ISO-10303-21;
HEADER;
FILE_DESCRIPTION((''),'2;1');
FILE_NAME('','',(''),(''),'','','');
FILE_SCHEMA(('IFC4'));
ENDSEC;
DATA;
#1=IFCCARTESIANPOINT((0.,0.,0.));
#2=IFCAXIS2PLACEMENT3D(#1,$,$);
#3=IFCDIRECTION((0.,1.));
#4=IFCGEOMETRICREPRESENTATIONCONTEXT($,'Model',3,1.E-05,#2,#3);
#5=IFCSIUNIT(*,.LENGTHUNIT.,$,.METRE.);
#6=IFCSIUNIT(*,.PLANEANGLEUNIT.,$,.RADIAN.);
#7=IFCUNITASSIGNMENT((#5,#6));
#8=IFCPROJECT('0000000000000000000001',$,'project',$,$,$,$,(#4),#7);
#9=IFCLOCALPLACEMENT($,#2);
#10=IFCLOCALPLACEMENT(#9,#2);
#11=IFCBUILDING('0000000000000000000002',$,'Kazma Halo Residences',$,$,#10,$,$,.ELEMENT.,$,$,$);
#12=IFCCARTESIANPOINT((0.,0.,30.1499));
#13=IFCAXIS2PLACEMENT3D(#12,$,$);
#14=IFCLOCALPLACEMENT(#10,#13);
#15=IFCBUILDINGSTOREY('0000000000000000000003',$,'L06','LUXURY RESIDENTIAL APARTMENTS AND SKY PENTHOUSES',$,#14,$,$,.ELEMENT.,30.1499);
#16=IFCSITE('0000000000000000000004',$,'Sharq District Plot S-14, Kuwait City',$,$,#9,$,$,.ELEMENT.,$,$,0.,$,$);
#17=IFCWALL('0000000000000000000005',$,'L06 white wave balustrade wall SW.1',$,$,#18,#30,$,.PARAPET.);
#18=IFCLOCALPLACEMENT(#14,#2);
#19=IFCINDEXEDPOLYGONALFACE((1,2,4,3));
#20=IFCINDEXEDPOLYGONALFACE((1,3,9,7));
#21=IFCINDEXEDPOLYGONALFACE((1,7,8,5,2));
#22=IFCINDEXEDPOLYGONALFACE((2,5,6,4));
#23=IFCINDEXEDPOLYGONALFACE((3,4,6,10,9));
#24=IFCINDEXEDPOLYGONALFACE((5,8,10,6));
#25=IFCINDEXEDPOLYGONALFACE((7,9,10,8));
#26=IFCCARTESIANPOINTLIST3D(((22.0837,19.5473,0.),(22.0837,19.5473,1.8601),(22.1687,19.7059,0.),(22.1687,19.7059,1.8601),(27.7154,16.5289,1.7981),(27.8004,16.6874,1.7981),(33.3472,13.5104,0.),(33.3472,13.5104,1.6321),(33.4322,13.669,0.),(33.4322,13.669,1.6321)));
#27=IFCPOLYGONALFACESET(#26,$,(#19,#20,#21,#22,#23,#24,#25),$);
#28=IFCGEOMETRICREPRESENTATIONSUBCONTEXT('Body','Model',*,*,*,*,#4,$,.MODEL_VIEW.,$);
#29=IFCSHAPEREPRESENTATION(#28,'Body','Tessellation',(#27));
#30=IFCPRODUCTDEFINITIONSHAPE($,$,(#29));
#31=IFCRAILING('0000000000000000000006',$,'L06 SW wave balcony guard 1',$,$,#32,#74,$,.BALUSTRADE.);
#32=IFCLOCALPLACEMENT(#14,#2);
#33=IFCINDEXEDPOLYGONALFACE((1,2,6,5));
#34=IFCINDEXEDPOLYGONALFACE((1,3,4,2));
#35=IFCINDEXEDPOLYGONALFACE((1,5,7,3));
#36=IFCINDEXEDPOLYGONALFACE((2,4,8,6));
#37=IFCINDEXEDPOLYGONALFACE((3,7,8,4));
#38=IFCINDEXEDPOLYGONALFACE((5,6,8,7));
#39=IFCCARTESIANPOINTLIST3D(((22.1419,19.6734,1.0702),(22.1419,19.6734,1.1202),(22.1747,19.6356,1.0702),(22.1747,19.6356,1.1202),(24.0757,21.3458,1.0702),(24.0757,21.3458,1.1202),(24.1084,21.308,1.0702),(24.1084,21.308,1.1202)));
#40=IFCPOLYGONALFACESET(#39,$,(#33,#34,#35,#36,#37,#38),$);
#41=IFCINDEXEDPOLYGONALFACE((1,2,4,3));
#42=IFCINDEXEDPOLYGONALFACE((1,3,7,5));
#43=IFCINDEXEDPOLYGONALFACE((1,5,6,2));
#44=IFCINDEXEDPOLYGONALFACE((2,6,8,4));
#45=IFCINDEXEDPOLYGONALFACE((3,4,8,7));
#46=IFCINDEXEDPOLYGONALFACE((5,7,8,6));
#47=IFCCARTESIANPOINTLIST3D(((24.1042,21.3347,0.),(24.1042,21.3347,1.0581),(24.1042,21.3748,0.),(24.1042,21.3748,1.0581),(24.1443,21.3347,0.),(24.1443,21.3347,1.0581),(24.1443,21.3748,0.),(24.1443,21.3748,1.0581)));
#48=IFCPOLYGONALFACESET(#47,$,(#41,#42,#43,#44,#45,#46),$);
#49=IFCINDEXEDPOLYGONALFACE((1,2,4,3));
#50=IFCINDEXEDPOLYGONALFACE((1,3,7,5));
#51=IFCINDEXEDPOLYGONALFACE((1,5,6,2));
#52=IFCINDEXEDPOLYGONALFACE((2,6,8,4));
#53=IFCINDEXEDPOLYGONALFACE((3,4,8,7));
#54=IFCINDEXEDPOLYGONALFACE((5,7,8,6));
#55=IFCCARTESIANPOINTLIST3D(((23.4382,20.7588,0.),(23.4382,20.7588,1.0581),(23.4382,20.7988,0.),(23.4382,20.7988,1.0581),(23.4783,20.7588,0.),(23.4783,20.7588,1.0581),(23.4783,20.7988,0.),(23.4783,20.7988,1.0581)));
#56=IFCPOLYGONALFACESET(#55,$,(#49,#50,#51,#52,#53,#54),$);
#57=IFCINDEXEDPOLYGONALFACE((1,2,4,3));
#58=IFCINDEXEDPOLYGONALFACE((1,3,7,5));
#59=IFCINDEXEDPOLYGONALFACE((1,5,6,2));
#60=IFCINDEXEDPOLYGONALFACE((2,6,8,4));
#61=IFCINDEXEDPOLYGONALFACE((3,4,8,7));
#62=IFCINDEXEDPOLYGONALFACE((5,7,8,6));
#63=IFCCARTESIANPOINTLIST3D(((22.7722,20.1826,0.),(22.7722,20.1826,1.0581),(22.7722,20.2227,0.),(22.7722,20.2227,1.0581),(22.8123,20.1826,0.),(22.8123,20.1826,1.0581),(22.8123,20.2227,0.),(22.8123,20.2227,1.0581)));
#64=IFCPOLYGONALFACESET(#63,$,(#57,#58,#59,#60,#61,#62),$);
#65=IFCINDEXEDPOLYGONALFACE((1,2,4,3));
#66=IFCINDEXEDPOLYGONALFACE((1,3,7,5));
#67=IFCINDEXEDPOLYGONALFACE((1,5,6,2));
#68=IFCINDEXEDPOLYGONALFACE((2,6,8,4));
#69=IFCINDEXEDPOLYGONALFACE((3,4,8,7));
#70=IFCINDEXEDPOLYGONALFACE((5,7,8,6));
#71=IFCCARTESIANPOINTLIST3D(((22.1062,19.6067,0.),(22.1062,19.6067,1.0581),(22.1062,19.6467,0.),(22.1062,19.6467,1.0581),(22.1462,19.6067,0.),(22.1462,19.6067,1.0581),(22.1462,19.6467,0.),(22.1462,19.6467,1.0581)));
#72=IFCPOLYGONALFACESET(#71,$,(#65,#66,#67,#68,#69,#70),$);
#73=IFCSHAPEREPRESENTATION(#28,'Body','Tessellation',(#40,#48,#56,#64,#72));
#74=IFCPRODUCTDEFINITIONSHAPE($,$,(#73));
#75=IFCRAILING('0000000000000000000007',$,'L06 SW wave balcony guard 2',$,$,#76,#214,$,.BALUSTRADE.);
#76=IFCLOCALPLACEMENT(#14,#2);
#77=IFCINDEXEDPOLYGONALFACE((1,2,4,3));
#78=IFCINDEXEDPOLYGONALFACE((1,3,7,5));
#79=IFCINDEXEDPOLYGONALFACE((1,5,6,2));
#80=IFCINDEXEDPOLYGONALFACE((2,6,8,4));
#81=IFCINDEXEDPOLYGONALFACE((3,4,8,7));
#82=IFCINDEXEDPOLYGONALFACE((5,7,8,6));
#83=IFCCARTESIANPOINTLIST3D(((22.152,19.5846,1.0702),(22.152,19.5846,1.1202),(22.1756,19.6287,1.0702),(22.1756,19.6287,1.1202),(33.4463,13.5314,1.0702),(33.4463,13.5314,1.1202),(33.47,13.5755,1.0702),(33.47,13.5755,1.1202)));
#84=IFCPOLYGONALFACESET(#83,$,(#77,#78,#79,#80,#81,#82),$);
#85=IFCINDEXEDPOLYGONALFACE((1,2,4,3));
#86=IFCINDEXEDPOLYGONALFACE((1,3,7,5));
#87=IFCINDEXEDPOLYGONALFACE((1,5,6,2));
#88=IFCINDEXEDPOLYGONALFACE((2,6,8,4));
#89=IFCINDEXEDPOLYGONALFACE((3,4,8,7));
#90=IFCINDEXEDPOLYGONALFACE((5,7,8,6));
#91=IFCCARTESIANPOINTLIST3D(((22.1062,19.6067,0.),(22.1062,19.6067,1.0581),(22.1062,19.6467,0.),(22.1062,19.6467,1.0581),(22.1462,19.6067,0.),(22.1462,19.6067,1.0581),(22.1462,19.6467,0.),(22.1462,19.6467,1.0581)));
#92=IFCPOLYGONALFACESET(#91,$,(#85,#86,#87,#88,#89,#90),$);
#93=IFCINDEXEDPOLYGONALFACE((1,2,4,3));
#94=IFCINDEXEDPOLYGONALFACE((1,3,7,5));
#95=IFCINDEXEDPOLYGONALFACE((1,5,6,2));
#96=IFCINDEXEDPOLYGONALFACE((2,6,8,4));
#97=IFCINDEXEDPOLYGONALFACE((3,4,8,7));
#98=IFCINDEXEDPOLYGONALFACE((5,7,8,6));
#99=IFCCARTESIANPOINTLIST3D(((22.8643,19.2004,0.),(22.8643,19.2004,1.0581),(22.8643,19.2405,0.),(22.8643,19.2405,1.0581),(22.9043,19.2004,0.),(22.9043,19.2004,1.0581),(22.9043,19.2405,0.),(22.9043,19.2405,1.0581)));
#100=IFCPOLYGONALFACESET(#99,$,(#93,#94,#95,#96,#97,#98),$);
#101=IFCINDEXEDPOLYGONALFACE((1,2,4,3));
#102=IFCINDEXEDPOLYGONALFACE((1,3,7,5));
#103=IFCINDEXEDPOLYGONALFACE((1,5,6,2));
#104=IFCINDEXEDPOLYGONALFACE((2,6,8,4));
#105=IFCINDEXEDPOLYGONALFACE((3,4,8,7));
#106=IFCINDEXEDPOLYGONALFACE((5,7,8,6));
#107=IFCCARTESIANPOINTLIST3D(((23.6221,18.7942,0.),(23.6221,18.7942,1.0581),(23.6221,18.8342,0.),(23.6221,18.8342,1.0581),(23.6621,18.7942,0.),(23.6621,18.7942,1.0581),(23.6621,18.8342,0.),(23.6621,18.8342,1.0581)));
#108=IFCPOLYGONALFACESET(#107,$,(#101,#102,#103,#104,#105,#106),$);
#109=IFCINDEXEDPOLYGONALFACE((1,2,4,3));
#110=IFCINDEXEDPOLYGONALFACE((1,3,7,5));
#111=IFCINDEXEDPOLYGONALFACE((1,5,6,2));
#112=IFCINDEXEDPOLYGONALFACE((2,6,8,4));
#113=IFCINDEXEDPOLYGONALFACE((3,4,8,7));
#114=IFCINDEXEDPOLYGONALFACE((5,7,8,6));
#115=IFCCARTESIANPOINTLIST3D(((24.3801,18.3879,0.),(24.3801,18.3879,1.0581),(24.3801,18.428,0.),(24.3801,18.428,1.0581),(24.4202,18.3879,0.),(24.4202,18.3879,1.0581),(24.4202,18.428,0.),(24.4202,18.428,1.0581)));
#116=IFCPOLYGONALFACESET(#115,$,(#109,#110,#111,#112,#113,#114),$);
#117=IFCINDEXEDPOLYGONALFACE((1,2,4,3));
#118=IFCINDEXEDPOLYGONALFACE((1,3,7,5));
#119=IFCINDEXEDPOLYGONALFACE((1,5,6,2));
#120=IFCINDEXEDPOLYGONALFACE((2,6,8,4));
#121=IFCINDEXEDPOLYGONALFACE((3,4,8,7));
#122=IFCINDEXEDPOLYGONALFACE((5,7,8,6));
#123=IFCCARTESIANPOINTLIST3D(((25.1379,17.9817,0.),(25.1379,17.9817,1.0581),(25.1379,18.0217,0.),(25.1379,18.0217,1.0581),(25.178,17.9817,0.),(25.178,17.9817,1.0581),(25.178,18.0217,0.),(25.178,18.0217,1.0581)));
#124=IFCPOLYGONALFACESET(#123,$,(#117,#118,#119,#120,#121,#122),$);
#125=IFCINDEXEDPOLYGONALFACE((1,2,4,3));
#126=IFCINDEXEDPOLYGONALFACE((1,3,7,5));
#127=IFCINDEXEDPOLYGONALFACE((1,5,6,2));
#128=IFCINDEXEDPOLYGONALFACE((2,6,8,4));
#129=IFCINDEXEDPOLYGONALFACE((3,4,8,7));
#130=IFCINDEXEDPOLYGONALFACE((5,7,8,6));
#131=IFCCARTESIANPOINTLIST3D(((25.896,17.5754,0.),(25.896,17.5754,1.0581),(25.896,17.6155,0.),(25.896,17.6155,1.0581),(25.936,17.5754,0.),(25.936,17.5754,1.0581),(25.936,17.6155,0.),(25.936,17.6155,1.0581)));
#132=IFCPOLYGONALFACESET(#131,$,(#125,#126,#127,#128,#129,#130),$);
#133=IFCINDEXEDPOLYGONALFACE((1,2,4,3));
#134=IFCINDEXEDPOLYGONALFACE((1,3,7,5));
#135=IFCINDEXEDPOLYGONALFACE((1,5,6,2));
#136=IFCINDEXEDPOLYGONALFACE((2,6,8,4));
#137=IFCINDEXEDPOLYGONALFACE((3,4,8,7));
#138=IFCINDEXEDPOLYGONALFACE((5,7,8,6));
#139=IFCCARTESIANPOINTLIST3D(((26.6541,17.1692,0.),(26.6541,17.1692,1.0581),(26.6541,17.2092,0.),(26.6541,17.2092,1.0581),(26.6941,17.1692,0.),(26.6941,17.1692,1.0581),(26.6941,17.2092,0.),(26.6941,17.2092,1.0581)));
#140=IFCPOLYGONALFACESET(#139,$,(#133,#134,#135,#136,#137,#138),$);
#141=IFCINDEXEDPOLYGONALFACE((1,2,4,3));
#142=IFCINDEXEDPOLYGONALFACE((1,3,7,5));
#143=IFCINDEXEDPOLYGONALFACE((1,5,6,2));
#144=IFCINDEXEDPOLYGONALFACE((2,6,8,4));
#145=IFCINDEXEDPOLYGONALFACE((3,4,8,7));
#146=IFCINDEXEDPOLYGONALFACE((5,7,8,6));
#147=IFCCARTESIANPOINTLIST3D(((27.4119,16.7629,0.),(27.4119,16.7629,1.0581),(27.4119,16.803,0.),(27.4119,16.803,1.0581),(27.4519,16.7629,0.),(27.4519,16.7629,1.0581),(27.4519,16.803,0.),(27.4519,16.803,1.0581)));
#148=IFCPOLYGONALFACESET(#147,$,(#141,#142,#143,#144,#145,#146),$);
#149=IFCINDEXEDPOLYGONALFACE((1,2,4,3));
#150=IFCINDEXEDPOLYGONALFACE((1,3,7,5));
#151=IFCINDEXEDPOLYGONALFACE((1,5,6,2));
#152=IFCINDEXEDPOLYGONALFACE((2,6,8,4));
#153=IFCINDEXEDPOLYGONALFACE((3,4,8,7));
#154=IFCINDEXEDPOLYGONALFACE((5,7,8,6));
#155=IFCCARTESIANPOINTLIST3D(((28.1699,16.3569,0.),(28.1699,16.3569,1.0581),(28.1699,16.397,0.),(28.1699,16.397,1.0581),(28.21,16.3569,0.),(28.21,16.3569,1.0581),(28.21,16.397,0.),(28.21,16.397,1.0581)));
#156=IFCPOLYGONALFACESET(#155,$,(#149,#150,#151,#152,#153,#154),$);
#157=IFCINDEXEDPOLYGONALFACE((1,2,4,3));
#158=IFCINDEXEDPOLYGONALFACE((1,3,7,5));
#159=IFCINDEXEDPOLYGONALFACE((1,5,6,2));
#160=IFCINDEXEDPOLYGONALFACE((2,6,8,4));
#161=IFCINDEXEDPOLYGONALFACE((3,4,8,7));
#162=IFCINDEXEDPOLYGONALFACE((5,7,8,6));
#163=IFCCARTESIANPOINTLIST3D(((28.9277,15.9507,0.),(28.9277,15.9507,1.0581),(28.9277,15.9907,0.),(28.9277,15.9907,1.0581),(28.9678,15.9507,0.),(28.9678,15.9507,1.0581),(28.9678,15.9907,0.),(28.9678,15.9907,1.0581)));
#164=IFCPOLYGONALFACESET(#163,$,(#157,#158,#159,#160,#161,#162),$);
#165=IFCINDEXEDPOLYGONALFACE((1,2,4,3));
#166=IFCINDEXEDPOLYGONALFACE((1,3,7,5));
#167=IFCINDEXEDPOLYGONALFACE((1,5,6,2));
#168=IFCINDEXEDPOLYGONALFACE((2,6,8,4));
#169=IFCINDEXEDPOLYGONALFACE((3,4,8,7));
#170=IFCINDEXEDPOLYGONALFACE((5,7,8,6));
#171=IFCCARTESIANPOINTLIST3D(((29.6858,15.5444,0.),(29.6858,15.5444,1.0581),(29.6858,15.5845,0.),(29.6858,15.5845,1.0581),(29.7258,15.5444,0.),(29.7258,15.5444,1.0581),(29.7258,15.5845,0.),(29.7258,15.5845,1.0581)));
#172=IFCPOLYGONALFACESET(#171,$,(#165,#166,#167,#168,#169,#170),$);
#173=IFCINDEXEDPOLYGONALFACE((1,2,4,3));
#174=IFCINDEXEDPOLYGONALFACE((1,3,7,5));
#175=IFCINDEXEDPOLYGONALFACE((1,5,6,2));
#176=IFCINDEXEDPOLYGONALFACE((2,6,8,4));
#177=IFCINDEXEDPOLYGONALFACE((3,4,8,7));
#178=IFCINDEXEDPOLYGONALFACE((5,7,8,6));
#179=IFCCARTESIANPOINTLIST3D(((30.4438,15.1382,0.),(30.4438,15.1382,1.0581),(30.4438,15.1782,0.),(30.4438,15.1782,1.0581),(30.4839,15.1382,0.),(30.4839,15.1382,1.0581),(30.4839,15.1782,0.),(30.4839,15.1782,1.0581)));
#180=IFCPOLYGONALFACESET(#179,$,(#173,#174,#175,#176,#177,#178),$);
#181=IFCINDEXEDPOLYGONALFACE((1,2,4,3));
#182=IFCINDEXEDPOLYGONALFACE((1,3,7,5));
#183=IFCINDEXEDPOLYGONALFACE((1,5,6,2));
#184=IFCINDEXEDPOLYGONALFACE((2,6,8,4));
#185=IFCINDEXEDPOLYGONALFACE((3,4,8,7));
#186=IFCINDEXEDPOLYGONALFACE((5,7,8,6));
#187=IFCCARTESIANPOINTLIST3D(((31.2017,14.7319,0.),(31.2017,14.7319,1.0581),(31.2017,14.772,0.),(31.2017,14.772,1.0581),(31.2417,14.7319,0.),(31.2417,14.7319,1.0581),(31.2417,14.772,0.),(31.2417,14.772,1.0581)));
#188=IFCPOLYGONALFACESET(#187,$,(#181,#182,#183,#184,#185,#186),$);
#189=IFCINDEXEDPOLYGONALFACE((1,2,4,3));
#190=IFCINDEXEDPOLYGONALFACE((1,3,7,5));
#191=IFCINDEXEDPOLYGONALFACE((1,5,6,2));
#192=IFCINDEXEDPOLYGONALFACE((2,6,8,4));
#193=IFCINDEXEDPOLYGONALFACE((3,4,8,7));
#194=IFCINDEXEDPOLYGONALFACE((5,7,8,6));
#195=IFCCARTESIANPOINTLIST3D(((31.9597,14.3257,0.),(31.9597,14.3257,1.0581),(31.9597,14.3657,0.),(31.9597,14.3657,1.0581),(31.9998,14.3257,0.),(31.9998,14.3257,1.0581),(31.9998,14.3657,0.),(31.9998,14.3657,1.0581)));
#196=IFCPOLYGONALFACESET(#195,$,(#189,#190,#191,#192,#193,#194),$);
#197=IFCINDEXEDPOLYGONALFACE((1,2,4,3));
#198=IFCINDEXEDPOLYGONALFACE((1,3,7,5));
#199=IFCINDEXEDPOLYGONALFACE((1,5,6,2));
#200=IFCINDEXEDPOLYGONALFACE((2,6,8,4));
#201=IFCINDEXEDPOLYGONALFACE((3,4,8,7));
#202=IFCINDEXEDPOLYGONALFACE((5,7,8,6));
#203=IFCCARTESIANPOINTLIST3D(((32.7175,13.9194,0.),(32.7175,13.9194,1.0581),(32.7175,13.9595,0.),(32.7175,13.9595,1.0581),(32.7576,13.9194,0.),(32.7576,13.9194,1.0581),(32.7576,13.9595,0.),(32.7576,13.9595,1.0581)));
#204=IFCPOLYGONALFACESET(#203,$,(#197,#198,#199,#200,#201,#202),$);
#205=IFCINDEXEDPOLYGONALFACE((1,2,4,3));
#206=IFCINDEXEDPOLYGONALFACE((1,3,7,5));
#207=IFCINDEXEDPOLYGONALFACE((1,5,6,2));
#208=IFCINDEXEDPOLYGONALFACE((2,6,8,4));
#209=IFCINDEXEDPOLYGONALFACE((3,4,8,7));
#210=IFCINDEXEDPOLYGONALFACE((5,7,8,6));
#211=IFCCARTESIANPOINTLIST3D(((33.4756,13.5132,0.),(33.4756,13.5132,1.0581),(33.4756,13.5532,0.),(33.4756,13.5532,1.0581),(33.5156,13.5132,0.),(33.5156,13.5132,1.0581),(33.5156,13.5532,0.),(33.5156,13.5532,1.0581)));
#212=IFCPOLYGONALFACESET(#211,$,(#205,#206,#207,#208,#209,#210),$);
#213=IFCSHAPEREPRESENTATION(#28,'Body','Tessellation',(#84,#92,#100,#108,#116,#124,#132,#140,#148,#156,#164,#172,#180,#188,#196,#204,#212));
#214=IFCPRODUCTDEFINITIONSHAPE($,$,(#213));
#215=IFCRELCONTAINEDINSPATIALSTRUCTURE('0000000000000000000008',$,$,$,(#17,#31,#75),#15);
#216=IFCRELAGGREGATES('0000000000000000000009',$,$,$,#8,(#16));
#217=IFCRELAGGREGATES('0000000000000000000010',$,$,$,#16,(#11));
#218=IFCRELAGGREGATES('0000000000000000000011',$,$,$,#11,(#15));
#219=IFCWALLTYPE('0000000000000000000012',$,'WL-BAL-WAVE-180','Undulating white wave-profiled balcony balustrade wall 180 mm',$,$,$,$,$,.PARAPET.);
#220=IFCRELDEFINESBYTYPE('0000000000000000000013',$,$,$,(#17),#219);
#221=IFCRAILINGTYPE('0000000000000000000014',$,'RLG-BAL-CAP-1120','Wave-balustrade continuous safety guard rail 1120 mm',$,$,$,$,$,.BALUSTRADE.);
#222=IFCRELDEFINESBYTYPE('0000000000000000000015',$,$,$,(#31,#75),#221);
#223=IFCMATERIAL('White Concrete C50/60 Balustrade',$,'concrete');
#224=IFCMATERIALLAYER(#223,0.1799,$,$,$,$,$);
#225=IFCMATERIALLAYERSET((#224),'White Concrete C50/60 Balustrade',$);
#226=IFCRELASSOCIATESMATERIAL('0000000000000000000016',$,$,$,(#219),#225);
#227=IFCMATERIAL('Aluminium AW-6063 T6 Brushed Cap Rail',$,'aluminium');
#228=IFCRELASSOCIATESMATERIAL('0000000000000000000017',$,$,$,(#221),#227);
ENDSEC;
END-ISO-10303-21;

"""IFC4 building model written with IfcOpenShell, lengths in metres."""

from ifc_helpers import new_model, si_unit, direction, frame, origin, origin_2d, place, context, subcontext, project, spatial, polyline, rectangle, outline, extrude, material, layer, layer_set, type_object, element, save


model = new_model("IFC4")

# Units and contexts
model_context = context("Model", 3, precision=1e-05, world=origin(), true_north=direction((0.0, 1.0)))
body_context = subcontext(model_context, "Body", "Model", "MODEL_VIEW")
ifc_project = project(units=[si_unit("LENGTHUNIT", "METRE"), si_unit("PLANEANGLEUNIT", "RADIAN")], contexts=[model_context])

# Site, building, storey
site_placement = place(None, origin())
site = spatial("IfcSite", under=ifc_project, at=site_placement, Name="Sharq District Plot S-14, Kuwait City", CompositionType="ELEMENT", RefElevation=0.0)
building_placement = place(site_placement, origin())
building = spatial("IfcBuilding", under=site, at=building_placement, Name="Kazma Halo Residences", CompositionType="ELEMENT")
storey_placement = place(building_placement, frame((0.0, 0.0, 30.1499)))
storey = spatial("IfcBuildingStorey", under=building, at=storey_placement, Name="L06", Description="LUXURY RESIDENTIAL APARTMENTS AND SKY PENTHOUSES", CompositionType="ELEMENT", Elevation=30.1499)

# Wall
ifc_material_1 = material(Name="White Concrete C50/60 Balustrade", Category="concrete")
ifc_layer_1 = layer(ifc_material_1, 0.1799)
ifc_layer_set_1 = layer_set([ifc_layer_1], Name="White Concrete C50/60 Balustrade")
wall_type_1 = type_object("IfcWallType", Name="WL-BAL-WAVE-180", Description="Undulating white wave-profiled balcony balustrade wall 180 mm", PredefinedType="PARAPET", material=ifc_layer_set_1)
wall_1_placement = place(storey_placement, frame((22.1262, 19.6267, 0.0), z_axis=(0.0, 0.0, 1.0), x_axis=(0.881386, -0.472397, 0.0)))
element("IfcWall", 1, at=wall_1_placement, inside=storey, type_object=wall_type_1, Name="L06 white wave balustrade wall SW.1", PredefinedType="PARAPET", context=body_context, shape_type="SweptSolid", body=[
    extrude(outline(polyline([(0.0, 0.0), (12.7793, 0.0), (12.7793, 1.6321), (6.3896, 1.7981), (0.0, 1.8601), (0.0, 0.0)])), frame((0.0, 0.0898, 0.0), z_axis=(0.0, -1.0, 0.0), x_axis=(1.0, 0.0, 0.0)), (0.0, 0.0, 1.0), 0.1799),
])

# Railings
ifc_material_2 = material(Name="Aluminium AW-6063 T6 Brushed Cap Rail", Category="aluminium")
railing_type = type_object("IfcRailingType", Name="RLG-BAL-CAP-1120", Description="Wave-balustrade continuous safety guard rail 1120 mm", PredefinedType="BALUSTRADE", material=ifc_material_2)
railing_1_placement = place(storey_placement, frame((24.1243, 21.3547, 0.0)))
element("IfcRailing", 2, at=railing_1_placement, inside=storey, type_object=railing_type, Name="L06 SW wave balcony guard 1", PredefinedType="BALUSTRADE", context=body_context, shape_type="SweptSolid", body=[
    extrude(rectangle(XDim=0.05, YDim=0.05, at=origin_2d()), frame((-0.0322, -0.0278, 1.0952), z_axis=(-0.756366, -0.654149, 0.0), x_axis=(0.654149, -0.756366, 0.0)), (0.0, 0.0, 1.0), 2.5566),
    extrude(rectangle(XDim=0.04, YDim=0.04, at=origin_2d()), origin(), (0.0, 0.0, 1.0), 1.0581),
    extrude(rectangle(XDim=0.04, YDim=0.04, at=origin_2d()), frame((-0.666, -0.5759, 0.0)), (0.0, 0.0, 1.0), 1.0581),
    extrude(rectangle(XDim=0.04, YDim=0.04, at=origin_2d()), frame((-1.332, -1.1521, 0.0)), (0.0, 0.0, 1.0), 1.0581),
    extrude(rectangle(XDim=0.04, YDim=0.04, at=origin_2d()), frame((-1.998, -1.728, 0.0)), (0.0, 0.0, 1.0), 1.0581),
])
railing_2_placement = place(storey_placement, frame((22.1262, 19.6267, 0.0)))
element("IfcRailing", 3, at=railing_2_placement, inside=storey, type_object=railing_type, Name="L06 SW wave balcony guard 2", PredefinedType="BALUSTRADE", context=body_context, shape_type="SweptSolid", body=[
    extrude(rectangle(XDim=0.05, YDim=0.05, at=origin_2d()), frame((0.0376, -0.02, 1.0952), z_axis=(0.881391, -0.472388, 0.0), x_axis=(0.472388, 0.881391, 0.0)), (0.0, 0.0, 1.0), 12.8142),
    extrude(rectangle(XDim=0.04, YDim=0.04, at=origin_2d()), origin(), (0.0, 0.0, 1.0), 1.0581),
    extrude(rectangle(XDim=0.04, YDim=0.04, at=origin_2d()), frame((0.7581, -0.4062, 0.0)), (0.0, 0.0, 1.0), 1.0581),
    extrude(rectangle(XDim=0.04, YDim=0.04, at=origin_2d()), frame((1.5159, -0.8125, 0.0)), (0.0, 0.0, 1.0), 1.0581),
    extrude(rectangle(XDim=0.04, YDim=0.04, at=origin_2d()), frame((2.2739, -1.2188, 0.0)), (0.0, 0.0, 1.0), 1.0581),
    extrude(rectangle(XDim=0.04, YDim=0.04, at=origin_2d()), frame((3.0317, -1.625, 0.0)), (0.0, 0.0, 1.0), 1.0581),
    extrude(rectangle(XDim=0.04, YDim=0.04, at=origin_2d()), frame((3.7898, -2.0312, 0.0)), (0.0, 0.0, 1.0), 1.0581),
    extrude(rectangle(XDim=0.04, YDim=0.04, at=origin_2d()), frame((4.5479, -2.4375, 0.0)), (0.0, 0.0, 1.0), 1.0581),
    extrude(rectangle(XDim=0.04, YDim=0.04, at=origin_2d()), frame((5.3057, -2.8438, 0.0)), (0.0, 0.0, 1.0), 1.0581),
    extrude(rectangle(XDim=0.04, YDim=0.04, at=origin_2d()), frame((6.0637, -3.2498, 0.0)), (0.0, 0.0, 1.0), 1.0581),
    extrude(rectangle(XDim=0.04, YDim=0.04, at=origin_2d()), frame((6.8215, -3.656, 0.0)), (0.0, 0.0, 1.0), 1.0581),
    extrude(rectangle(XDim=0.04, YDim=0.04, at=origin_2d()), frame((7.5796, -4.0623, 0.0)), (0.0, 0.0, 1.0), 1.0581),
    extrude(rectangle(XDim=0.04, YDim=0.04, at=origin_2d()), frame((8.3376, -4.4685, 0.0)), (0.0, 0.0, 1.0), 1.0581),
    extrude(rectangle(XDim=0.04, YDim=0.04, at=origin_2d()), frame((9.0955, -4.8748, 0.0)), (0.0, 0.0, 1.0), 1.0581),
    extrude(rectangle(XDim=0.04, YDim=0.04, at=origin_2d()), frame((9.8535, -5.281, 0.0)), (0.0, 0.0, 1.0), 1.0581),
    extrude(rectangle(XDim=0.04, YDim=0.04, at=origin_2d()), frame((10.6113, -5.6873, 0.0)), (0.0, 0.0, 1.0), 1.0581),
    extrude(rectangle(XDim=0.04, YDim=0.04, at=origin_2d()), frame((11.3694, -6.0935, 0.0)), (0.0, 0.0, 1.0), 1.0581),
])

save(model, "model.ifc")
